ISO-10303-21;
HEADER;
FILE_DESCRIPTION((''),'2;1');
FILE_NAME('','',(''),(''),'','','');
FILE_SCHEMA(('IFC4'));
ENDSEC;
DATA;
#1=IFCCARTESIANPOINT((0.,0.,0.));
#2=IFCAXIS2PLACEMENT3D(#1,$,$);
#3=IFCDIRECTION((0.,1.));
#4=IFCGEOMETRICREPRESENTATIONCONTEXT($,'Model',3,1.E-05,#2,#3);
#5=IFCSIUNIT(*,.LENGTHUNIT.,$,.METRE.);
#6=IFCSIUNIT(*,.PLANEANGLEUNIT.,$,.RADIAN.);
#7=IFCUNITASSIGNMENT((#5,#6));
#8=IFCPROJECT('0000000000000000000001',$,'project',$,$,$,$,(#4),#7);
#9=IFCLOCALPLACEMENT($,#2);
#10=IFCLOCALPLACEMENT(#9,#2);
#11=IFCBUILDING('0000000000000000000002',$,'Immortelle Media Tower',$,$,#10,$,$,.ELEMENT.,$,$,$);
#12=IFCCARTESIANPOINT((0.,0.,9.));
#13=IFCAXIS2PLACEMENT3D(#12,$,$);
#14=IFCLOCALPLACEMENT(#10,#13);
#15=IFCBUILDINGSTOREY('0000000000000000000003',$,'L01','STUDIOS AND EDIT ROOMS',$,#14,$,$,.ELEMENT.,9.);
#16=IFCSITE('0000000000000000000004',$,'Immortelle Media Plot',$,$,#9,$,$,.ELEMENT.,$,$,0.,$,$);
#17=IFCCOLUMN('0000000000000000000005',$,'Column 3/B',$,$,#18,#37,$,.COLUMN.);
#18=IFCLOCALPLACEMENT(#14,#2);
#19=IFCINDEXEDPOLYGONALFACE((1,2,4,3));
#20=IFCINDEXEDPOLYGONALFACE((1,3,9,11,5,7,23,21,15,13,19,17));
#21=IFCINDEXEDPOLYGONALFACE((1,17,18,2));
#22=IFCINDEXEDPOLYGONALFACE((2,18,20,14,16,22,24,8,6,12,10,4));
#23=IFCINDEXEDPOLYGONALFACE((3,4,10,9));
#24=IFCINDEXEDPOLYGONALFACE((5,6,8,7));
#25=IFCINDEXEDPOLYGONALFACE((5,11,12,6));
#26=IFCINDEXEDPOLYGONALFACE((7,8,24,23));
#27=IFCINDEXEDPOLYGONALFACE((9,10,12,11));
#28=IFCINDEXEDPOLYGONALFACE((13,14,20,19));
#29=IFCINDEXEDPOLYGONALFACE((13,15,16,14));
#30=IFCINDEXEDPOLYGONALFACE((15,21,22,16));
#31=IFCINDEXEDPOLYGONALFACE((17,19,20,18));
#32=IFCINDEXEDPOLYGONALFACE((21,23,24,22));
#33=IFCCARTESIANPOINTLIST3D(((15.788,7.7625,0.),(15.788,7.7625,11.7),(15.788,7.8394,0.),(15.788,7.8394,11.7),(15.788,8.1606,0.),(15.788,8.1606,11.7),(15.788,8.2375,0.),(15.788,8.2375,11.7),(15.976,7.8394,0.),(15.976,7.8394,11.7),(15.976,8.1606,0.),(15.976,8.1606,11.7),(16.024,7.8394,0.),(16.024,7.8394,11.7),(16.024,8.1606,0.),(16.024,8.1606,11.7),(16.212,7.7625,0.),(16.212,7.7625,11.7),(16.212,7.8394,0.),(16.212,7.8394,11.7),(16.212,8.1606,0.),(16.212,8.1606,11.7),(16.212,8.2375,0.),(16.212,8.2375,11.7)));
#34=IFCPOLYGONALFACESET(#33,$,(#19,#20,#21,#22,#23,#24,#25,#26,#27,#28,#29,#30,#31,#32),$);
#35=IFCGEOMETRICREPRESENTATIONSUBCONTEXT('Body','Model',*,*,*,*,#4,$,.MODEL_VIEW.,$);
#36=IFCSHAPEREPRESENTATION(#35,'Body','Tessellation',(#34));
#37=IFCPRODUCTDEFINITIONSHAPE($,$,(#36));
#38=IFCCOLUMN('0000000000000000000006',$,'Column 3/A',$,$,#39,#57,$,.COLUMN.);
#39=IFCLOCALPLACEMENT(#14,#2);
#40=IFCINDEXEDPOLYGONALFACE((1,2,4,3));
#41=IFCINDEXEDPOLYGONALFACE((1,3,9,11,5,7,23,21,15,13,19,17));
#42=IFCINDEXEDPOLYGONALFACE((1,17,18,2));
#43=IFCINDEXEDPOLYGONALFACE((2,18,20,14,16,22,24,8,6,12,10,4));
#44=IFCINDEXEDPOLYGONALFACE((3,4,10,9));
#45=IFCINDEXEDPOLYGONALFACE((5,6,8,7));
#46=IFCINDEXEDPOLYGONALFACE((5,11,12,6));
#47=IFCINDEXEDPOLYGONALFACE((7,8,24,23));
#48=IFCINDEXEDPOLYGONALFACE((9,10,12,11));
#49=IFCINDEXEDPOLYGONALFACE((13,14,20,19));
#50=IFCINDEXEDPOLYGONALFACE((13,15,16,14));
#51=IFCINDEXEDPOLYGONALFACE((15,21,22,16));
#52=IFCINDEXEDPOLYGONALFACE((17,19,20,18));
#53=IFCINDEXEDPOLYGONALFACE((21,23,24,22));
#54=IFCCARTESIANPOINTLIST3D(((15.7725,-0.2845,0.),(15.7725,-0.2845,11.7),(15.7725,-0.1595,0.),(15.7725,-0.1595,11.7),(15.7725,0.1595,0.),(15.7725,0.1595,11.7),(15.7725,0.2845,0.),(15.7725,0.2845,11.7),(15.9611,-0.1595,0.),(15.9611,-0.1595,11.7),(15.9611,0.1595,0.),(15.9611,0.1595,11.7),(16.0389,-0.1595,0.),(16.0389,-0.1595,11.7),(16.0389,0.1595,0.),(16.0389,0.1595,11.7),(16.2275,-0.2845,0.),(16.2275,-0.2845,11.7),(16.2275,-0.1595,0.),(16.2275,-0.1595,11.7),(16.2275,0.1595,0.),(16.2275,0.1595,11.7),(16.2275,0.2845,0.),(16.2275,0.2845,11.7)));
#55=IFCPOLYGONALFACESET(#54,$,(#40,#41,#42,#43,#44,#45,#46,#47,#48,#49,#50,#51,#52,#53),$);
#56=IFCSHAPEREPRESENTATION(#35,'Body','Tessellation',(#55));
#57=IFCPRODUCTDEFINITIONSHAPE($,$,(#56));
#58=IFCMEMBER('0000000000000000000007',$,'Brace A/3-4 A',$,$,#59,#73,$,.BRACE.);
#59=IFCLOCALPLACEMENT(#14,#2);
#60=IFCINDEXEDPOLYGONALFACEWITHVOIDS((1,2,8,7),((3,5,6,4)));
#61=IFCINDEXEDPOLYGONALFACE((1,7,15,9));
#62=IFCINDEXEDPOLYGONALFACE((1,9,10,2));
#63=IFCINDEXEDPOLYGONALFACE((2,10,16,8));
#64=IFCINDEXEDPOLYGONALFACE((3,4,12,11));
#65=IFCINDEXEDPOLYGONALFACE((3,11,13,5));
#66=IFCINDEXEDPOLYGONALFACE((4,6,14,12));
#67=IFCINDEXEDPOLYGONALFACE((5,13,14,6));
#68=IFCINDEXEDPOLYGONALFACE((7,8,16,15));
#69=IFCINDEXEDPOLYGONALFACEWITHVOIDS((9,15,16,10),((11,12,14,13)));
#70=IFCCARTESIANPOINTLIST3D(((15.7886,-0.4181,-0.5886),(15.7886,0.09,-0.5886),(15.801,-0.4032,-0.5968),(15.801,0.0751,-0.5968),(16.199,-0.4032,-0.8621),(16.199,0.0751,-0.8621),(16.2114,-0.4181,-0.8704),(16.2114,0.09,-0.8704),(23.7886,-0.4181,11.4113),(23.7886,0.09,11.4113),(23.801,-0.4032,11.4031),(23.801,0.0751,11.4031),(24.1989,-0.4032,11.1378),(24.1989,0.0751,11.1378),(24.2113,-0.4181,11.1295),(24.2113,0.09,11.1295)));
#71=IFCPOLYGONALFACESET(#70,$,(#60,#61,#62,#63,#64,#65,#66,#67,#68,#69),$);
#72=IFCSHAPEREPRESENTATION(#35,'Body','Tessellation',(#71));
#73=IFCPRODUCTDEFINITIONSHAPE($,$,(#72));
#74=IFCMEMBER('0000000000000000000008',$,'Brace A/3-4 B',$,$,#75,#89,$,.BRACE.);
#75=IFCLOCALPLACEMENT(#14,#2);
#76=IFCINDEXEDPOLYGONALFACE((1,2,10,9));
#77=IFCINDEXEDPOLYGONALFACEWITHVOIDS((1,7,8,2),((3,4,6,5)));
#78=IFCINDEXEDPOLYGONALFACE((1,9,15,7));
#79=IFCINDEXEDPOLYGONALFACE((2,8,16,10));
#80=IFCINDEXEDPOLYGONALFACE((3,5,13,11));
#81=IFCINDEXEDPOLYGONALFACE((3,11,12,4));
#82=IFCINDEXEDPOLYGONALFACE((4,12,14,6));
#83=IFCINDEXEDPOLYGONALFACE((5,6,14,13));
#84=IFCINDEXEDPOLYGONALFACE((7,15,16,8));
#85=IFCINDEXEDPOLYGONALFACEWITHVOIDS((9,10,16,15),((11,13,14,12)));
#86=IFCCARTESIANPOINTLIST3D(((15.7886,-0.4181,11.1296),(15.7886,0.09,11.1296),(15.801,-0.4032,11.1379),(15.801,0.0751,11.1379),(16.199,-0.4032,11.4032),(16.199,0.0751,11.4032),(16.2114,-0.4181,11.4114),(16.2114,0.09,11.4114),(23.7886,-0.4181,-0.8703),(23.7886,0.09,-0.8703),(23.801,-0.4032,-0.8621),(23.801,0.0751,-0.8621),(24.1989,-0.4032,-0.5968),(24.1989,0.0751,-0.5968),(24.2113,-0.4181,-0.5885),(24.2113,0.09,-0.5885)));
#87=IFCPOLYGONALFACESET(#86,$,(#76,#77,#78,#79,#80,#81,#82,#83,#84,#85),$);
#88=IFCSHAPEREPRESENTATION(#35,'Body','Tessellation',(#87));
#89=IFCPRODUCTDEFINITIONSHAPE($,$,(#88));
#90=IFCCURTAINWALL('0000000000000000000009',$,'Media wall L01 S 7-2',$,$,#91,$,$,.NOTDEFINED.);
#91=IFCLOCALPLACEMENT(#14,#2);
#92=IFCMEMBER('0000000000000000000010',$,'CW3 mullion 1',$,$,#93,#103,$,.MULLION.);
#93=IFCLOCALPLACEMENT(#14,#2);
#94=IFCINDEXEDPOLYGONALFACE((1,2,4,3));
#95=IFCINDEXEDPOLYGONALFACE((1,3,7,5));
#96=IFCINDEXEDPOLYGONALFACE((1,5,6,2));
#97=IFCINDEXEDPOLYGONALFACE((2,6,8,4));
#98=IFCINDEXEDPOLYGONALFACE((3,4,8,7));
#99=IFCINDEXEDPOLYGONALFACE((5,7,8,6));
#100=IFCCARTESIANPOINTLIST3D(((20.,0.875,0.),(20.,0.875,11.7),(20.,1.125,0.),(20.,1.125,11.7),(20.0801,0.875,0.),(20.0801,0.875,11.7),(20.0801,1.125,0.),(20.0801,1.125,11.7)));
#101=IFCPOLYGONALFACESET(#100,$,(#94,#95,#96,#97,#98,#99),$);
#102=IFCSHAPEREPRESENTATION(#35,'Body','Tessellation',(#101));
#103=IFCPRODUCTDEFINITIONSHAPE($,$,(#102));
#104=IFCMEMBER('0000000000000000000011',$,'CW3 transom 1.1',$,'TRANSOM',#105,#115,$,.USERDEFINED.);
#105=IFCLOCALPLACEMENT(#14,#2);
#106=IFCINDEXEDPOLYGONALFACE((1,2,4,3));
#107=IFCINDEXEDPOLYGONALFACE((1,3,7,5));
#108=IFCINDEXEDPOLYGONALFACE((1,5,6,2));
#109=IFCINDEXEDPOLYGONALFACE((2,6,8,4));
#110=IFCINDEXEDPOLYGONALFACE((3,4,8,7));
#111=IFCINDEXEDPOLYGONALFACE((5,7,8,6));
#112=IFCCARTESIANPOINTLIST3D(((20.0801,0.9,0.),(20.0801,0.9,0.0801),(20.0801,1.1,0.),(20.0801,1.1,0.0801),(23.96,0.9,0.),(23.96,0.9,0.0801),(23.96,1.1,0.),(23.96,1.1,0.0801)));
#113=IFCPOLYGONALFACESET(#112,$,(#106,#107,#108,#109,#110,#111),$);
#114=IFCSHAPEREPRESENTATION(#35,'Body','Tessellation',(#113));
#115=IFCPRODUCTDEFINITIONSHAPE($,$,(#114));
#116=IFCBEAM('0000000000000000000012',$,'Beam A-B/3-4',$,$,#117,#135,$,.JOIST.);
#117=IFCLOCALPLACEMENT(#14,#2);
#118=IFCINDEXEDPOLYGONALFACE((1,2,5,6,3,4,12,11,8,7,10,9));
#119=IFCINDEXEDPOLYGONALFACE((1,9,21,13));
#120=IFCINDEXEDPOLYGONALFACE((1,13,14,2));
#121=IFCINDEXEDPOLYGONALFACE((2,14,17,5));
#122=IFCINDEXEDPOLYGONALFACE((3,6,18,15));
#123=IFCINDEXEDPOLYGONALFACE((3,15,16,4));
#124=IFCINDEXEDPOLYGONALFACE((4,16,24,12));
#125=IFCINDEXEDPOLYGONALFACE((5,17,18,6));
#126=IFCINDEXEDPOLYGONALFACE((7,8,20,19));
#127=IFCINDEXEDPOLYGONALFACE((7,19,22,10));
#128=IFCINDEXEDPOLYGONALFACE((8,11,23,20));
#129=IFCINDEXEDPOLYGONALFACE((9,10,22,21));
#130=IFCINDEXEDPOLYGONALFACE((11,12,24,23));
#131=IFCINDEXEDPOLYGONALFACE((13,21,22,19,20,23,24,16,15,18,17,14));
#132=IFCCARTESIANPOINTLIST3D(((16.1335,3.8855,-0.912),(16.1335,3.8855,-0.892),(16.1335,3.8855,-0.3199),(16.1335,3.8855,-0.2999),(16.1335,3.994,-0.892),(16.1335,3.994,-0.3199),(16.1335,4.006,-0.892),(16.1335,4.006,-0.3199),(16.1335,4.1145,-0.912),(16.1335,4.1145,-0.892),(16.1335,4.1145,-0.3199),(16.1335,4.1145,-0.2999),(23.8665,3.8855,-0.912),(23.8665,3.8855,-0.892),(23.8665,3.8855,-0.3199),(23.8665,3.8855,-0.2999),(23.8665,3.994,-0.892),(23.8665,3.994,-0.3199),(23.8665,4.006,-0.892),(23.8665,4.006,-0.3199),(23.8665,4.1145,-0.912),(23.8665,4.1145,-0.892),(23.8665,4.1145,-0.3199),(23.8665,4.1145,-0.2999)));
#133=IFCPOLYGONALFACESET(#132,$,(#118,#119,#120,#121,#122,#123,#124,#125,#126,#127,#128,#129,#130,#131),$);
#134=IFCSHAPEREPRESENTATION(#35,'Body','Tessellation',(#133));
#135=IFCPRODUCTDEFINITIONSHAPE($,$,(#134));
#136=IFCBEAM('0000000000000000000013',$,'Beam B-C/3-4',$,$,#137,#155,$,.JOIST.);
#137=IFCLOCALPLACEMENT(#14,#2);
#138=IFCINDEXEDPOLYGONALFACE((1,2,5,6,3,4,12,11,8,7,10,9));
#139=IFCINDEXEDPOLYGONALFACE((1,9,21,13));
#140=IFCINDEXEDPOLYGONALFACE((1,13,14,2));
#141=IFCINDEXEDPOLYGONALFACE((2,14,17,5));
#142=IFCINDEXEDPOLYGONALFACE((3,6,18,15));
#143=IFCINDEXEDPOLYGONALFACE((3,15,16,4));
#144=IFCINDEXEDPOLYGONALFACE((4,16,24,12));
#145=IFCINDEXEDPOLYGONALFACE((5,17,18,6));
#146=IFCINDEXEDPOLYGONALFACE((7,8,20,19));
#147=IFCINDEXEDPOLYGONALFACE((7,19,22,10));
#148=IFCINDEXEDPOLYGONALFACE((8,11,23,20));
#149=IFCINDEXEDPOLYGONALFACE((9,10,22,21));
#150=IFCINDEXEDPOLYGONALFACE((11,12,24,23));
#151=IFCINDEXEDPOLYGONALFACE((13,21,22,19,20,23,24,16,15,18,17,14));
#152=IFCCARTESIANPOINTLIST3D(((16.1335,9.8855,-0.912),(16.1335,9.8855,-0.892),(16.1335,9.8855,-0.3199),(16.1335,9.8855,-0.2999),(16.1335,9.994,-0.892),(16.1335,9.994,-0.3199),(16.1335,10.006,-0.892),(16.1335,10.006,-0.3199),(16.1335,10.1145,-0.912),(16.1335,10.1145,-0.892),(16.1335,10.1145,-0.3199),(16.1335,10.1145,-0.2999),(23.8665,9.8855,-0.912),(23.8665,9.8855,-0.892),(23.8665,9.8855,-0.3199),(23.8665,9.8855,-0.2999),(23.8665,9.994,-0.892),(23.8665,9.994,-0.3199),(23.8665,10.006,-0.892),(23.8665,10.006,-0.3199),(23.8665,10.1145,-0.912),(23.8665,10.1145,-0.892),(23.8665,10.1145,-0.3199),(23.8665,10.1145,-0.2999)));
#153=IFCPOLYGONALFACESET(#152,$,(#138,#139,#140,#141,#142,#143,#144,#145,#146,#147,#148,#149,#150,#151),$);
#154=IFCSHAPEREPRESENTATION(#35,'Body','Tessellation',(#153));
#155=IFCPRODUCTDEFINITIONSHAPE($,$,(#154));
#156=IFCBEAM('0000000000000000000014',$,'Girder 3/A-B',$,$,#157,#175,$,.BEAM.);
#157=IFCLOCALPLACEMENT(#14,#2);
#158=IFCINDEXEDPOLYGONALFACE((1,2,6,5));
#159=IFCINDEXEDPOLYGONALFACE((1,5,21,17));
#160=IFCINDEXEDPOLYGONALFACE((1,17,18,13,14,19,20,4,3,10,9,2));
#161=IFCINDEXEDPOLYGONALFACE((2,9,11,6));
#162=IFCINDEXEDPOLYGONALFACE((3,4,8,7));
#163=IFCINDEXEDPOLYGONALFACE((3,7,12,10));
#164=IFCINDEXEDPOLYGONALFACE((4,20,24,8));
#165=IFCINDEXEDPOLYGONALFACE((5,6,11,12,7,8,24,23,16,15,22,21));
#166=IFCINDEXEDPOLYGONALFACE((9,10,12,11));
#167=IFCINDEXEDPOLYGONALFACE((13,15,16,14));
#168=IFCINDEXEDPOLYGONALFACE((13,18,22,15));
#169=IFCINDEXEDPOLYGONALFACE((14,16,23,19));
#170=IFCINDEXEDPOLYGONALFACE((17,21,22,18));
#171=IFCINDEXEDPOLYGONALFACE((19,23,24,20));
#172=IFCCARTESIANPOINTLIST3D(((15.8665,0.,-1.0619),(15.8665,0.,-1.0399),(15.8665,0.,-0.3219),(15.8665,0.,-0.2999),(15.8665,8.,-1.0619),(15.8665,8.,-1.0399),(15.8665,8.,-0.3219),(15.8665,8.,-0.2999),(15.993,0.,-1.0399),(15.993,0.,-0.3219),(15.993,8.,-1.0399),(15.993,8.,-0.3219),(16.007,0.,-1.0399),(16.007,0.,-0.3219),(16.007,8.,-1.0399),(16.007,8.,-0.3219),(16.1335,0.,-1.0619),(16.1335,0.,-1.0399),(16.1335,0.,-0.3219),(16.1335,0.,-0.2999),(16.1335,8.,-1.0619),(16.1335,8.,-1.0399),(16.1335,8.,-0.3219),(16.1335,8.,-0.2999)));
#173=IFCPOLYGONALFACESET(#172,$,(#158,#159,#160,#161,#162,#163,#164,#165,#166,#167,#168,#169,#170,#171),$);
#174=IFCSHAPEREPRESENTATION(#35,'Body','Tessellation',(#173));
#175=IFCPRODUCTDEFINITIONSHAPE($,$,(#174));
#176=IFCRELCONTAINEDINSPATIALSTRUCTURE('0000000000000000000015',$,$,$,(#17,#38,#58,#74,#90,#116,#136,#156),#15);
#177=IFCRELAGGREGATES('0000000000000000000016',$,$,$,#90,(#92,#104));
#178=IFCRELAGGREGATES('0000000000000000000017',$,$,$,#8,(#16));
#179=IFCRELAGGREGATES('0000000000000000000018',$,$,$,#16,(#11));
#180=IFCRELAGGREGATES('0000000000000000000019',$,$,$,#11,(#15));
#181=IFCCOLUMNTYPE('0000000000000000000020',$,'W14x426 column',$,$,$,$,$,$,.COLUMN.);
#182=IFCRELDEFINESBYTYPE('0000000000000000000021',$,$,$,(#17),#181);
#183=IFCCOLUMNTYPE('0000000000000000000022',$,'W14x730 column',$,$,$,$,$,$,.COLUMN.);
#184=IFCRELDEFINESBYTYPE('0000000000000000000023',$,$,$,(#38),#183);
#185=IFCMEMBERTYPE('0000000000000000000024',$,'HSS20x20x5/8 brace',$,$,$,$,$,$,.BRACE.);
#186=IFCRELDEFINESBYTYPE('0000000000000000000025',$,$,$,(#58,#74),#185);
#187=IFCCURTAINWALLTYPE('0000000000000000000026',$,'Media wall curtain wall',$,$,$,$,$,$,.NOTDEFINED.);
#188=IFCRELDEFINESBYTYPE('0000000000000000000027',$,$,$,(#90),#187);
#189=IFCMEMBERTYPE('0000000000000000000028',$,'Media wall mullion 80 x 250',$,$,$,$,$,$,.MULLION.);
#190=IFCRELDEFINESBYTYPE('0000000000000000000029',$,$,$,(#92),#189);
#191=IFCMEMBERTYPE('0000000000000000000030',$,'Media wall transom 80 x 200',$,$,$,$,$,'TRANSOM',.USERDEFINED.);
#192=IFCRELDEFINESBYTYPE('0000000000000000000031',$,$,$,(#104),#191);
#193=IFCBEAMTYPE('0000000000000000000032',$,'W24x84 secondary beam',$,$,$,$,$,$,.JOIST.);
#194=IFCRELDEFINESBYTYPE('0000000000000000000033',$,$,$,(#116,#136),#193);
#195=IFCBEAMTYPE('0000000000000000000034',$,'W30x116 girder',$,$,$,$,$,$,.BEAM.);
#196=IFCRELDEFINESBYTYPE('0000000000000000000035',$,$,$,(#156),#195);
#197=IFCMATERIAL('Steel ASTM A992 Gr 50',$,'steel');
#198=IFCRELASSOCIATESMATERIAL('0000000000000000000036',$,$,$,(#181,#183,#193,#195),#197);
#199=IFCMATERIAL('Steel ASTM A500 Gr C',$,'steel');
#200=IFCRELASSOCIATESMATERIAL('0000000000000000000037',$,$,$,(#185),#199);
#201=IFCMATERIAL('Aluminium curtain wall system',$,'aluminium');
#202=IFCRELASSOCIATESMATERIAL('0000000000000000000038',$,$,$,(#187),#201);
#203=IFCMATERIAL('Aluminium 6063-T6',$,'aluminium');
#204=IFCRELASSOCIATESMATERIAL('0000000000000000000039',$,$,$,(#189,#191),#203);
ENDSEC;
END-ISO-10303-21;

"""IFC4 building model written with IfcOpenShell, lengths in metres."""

from ifc_helpers import new_model, si_unit, direction, frame, origin, origin_2d, place, context, subcontext, project, spatial, rectangle, hollow_rectangle, i_section, extrude, material, material_profile, profile_set, type_object, element, aggregate, save


model = new_model("IFC4")

# Units and contexts
model_context = context("Model", 3, precision=1e-05, world=origin(), true_north=direction((0.0, 1.0)))
body_context = subcontext(model_context, "Body", "Model", "MODEL_VIEW")
ifc_project = project(units=[si_unit("LENGTHUNIT", "METRE"), si_unit("PLANEANGLEUNIT", "RADIAN")], contexts=[model_context])

# Site, building, storey
site_placement = place(None, origin())
site = spatial("IfcSite", under=ifc_project, at=site_placement, Name="Immortelle Media Plot", CompositionType="ELEMENT", RefElevation=0.0)
building_placement = place(site_placement, origin())
building = spatial("IfcBuilding", under=site, at=building_placement, Name="Immortelle Media Tower", CompositionType="ELEMENT")
storey_placement = place(building_placement, frame((0.0, 0.0, 9.0)))
storey = spatial("IfcBuildingStorey", under=building, at=storey_placement, Name="L01", Description="STUDIOS AND EDIT ROOMS", CompositionType="ELEMENT", Elevation=9.0)

# Columns
ifc_material_1 = material(Name="Steel ASTM A992 Gr 50", Category="steel")
ifc_material_profile_1 = material_profile(ifc_material_1, i_section(OverallWidth=0.4241, OverallDepth=0.4751, WebThickness=0.0481, FlangeThickness=0.0769, at=origin_2d()), Name="W14x426")
ifc_profile_set_1 = profile_set([ifc_material_profile_1], Name="Steel ASTM A992 Gr 50")
column_type_1 = type_object("IfcColumnType", Name="W14x426 column", PredefinedType="COLUMN", material=ifc_profile_set_1)
column_1_placement = place(storey_placement, frame((16.0, 8.0, 0.0), z_axis=(0.0, 0.0, 1.0), x_axis=(1.0, 0.0, 0.0)))
element("IfcColumn", 1, at=column_1_placement, inside=storey, type_object=column_type_1, Name="Column 3/B", PredefinedType="COLUMN", context=body_context, shape_type="SweptSolid", body=[
    extrude(i_section(OverallWidth=0.4241, OverallDepth=0.4751, WebThickness=0.0481, FlangeThickness=0.0769, at=origin_2d()), origin(), (0.0, 0.0, 1.0), 11.7),
])
ifc_material_profile_2 = material_profile(ifc_material_1, i_section(OverallWidth=0.4551, OverallDepth=0.5691, WebThickness=0.0779, FlangeThickness=0.125, at=origin_2d()), Name="W14x730")
ifc_profile_set_2 = profile_set([ifc_material_profile_2], Name="Steel ASTM A992 Gr 50")
column_type_2 = type_object("IfcColumnType", Name="W14x730 column", PredefinedType="COLUMN", material=ifc_profile_set_2)
column_2_placement = place(storey_placement, frame((16.0, 0.0, 0.0), z_axis=(0.0, 0.0, 1.0), x_axis=(1.0, 0.0, 0.0)))
element("IfcColumn", 2, at=column_2_placement, inside=storey, type_object=column_type_2, Name="Column 3/A", PredefinedType="COLUMN", context=body_context, shape_type="SweptSolid", body=[
    extrude(i_section(OverallWidth=0.4551, OverallDepth=0.5691, WebThickness=0.0779, FlangeThickness=0.125, at=origin_2d()), origin(), (0.0, 0.0, 1.0), 11.7),
])

# Members
ifc_material_2 = material(Name="Steel ASTM A500 Gr C", Category="steel")
ifc_material_profile_3 = material_profile(ifc_material_2, hollow_rectangle(XDim=0.5081, YDim=0.5081, WallThickness=0.0149, at=origin_2d()), Name="HSS20x20x5/8 brace")
ifc_profile_set_3 = profile_set([ifc_material_profile_3], Name="Steel ASTM A500 Gr C")
member_type_1 = type_object("IfcMemberType", Name="HSS20x20x5/8 brace", PredefinedType="BRACE", material=ifc_profile_set_3)
for number, where, z_axis, x_axis, name in (
    (3, (16.0, -0.1641, -0.7295), (0.5547, 0.0, 0.83205), (0.0, 1.0, 0.0), "Brace A/3-4 A"),
    (4, (16.0, -0.1641, 11.2705), (0.5547, 0.0, -0.83205), (0.0, 1.0, 0.0), "Brace A/3-4 B"),
):
    element("IfcMember", number, at=place(storey_placement, frame(where, z_axis=z_axis, x_axis=x_axis)), inside=storey, type_object=member_type_1, Name=name, PredefinedType="BRACE", context=body_context, shape_type="SweptSolid", body=[
        extrude(hollow_rectangle(XDim=0.5081, YDim=0.5081, WallThickness=0.0149, at=origin_2d()), origin(), (0.0, 0.0, 1.0), 14.4221),
    ])

# Curtain wall, members
ifc_material_3 = material(Name="Aluminium curtain wall system", Category="aluminium")
curtain_wall_type = type_object("IfcCurtainWallType", Name="Media wall curtain wall", PredefinedType="NOTDEFINED", material=ifc_material_3)
curtain_wall_placement = place(storey_placement, origin())
curtain_wall = element("IfcCurtainWall", 5, at=curtain_wall_placement, inside=storey, type_object=curtain_wall_type, Name="Media wall L01 S 7-2", PredefinedType="NOTDEFINED")
ifc_material_4 = material(Name="Aluminium 6063-T6", Category="aluminium")
ifc_material_profile_4 = material_profile(ifc_material_4, rectangle(XDim=0.25, YDim=0.0801, at=origin_2d()), Name="AL 80x250")
ifc_profile_set_4 = profile_set([ifc_material_profile_4], Name="Aluminium 6063-T6")
member_type_2 = type_object("IfcMemberType", Name="Media wall mullion 80 x 250", PredefinedType="MULLION", material=ifc_profile_set_4)
member_1_placement = place(storey_placement, frame((20.04, 1.0, 0.0), z_axis=(0.0, 0.0, 1.0), x_axis=(0.0, 1.0, 0.0)))
member_1 = element("IfcMember", 6, at=member_1_placement, type_object=member_type_2, Name="CW3 mullion 1", PredefinedType="MULLION", context=body_context, shape_type="SweptSolid", body=[
    extrude(rectangle(XDim=0.25, YDim=0.0801, at=origin_2d()), origin(), (0.0, 0.0, 1.0), 11.7),
])
ifc_material_profile_5 = material_profile(ifc_material_4, rectangle(XDim=0.2, YDim=0.0801, at=origin_2d()), Name="AL 80x200")
ifc_profile_set_5 = profile_set([ifc_material_profile_5], Name="Aluminium 6063-T6")
member_type_3 = type_object("IfcMemberType", Name="Media wall transom 80 x 200", ElementType="TRANSOM", PredefinedType="USERDEFINED", material=ifc_profile_set_5)
member_2_placement = place(storey_placement, frame((20.0801, 1.0, 0.04), z_axis=(1.0, 0.0, 0.0), x_axis=(0.0, 1.0, 0.0)))
member_2 = element("IfcMember", 7, at=member_2_placement, type_object=member_type_3, Name="CW3 transom 1.1", ObjectType="TRANSOM", PredefinedType="USERDEFINED", context=body_context, shape_type="SweptSolid", body=[
    extrude(rectangle(XDim=0.2, YDim=0.0801, at=origin_2d()), origin(), (0.0, 0.0, 1.0), 3.8799),
])
aggregate(curtain_wall, [member_1, member_2])

# Beams
ifc_material_profile_6 = material_profile(ifc_material_1, i_section(OverallWidth=0.229, OverallDepth=0.6121, WebThickness=0.012, FlangeThickness=0.02, at=origin_2d()), Name="W24x84")
ifc_profile_set_6 = profile_set([ifc_material_profile_6], Name="Steel ASTM A992 Gr 50")
beam_type_1 = type_object("IfcBeamType", Name="W24x84 secondary beam", PredefinedType="JOIST", material=ifc_profile_set_6)
for number, where, z_axis, x_axis, name in (
    (8, (16.1335, 4.0, -0.606), (1.0, 0.0, 0.0), (0.0, 1.0, 0.0), "Beam A-B/3-4"),
    (9, (16.1335, 10.0, -0.606), (1.0, 0.0, 0.0), (0.0, 1.0, 0.0), "Beam B-C/3-4"),
):
    element("IfcBeam", number, at=place(storey_placement, frame(where, z_axis=z_axis, x_axis=x_axis)), inside=storey, type_object=beam_type_1, Name=name, PredefinedType="JOIST", context=body_context, shape_type="SweptSolid", body=[
        extrude(i_section(OverallWidth=0.229, OverallDepth=0.6121, WebThickness=0.012, FlangeThickness=0.02, at=origin_2d()), origin(), (0.0, 0.0, 1.0), 7.7329),
    ])
ifc_material_profile_7 = material_profile(ifc_material_1, i_section(OverallWidth=0.2671, OverallDepth=0.762, WebThickness=0.0139, FlangeThickness=0.022, at=origin_2d()), Name="W30x116")
ifc_profile_set_7 = profile_set([ifc_material_profile_7], Name="Steel ASTM A992 Gr 50")
beam_type_2 = type_object("IfcBeamType", Name="W30x116 girder", PredefinedType="BEAM", material=ifc_profile_set_7)
for number, where, z_axis, x_axis, name in (
    (10, (16.0, 0.0, -0.6809), (0.0, 1.0, 0.0), (-1.0, 0.0, 0.0), "Girder 3/A-B"),
):
    element("IfcBeam", number, at=place(storey_placement, frame(where, z_axis=z_axis, x_axis=x_axis)), inside=storey, type_object=beam_type_2, Name=name, PredefinedType="BEAM", context=body_context, shape_type="SweptSolid", body=[
        extrude(i_section(OverallWidth=0.2671, OverallDepth=0.762, WebThickness=0.0139, FlangeThickness=0.022, at=origin_2d()), origin(), (0.0, 0.0, 1.0), 8.0),
    ])

save(model, "model.ifc")
